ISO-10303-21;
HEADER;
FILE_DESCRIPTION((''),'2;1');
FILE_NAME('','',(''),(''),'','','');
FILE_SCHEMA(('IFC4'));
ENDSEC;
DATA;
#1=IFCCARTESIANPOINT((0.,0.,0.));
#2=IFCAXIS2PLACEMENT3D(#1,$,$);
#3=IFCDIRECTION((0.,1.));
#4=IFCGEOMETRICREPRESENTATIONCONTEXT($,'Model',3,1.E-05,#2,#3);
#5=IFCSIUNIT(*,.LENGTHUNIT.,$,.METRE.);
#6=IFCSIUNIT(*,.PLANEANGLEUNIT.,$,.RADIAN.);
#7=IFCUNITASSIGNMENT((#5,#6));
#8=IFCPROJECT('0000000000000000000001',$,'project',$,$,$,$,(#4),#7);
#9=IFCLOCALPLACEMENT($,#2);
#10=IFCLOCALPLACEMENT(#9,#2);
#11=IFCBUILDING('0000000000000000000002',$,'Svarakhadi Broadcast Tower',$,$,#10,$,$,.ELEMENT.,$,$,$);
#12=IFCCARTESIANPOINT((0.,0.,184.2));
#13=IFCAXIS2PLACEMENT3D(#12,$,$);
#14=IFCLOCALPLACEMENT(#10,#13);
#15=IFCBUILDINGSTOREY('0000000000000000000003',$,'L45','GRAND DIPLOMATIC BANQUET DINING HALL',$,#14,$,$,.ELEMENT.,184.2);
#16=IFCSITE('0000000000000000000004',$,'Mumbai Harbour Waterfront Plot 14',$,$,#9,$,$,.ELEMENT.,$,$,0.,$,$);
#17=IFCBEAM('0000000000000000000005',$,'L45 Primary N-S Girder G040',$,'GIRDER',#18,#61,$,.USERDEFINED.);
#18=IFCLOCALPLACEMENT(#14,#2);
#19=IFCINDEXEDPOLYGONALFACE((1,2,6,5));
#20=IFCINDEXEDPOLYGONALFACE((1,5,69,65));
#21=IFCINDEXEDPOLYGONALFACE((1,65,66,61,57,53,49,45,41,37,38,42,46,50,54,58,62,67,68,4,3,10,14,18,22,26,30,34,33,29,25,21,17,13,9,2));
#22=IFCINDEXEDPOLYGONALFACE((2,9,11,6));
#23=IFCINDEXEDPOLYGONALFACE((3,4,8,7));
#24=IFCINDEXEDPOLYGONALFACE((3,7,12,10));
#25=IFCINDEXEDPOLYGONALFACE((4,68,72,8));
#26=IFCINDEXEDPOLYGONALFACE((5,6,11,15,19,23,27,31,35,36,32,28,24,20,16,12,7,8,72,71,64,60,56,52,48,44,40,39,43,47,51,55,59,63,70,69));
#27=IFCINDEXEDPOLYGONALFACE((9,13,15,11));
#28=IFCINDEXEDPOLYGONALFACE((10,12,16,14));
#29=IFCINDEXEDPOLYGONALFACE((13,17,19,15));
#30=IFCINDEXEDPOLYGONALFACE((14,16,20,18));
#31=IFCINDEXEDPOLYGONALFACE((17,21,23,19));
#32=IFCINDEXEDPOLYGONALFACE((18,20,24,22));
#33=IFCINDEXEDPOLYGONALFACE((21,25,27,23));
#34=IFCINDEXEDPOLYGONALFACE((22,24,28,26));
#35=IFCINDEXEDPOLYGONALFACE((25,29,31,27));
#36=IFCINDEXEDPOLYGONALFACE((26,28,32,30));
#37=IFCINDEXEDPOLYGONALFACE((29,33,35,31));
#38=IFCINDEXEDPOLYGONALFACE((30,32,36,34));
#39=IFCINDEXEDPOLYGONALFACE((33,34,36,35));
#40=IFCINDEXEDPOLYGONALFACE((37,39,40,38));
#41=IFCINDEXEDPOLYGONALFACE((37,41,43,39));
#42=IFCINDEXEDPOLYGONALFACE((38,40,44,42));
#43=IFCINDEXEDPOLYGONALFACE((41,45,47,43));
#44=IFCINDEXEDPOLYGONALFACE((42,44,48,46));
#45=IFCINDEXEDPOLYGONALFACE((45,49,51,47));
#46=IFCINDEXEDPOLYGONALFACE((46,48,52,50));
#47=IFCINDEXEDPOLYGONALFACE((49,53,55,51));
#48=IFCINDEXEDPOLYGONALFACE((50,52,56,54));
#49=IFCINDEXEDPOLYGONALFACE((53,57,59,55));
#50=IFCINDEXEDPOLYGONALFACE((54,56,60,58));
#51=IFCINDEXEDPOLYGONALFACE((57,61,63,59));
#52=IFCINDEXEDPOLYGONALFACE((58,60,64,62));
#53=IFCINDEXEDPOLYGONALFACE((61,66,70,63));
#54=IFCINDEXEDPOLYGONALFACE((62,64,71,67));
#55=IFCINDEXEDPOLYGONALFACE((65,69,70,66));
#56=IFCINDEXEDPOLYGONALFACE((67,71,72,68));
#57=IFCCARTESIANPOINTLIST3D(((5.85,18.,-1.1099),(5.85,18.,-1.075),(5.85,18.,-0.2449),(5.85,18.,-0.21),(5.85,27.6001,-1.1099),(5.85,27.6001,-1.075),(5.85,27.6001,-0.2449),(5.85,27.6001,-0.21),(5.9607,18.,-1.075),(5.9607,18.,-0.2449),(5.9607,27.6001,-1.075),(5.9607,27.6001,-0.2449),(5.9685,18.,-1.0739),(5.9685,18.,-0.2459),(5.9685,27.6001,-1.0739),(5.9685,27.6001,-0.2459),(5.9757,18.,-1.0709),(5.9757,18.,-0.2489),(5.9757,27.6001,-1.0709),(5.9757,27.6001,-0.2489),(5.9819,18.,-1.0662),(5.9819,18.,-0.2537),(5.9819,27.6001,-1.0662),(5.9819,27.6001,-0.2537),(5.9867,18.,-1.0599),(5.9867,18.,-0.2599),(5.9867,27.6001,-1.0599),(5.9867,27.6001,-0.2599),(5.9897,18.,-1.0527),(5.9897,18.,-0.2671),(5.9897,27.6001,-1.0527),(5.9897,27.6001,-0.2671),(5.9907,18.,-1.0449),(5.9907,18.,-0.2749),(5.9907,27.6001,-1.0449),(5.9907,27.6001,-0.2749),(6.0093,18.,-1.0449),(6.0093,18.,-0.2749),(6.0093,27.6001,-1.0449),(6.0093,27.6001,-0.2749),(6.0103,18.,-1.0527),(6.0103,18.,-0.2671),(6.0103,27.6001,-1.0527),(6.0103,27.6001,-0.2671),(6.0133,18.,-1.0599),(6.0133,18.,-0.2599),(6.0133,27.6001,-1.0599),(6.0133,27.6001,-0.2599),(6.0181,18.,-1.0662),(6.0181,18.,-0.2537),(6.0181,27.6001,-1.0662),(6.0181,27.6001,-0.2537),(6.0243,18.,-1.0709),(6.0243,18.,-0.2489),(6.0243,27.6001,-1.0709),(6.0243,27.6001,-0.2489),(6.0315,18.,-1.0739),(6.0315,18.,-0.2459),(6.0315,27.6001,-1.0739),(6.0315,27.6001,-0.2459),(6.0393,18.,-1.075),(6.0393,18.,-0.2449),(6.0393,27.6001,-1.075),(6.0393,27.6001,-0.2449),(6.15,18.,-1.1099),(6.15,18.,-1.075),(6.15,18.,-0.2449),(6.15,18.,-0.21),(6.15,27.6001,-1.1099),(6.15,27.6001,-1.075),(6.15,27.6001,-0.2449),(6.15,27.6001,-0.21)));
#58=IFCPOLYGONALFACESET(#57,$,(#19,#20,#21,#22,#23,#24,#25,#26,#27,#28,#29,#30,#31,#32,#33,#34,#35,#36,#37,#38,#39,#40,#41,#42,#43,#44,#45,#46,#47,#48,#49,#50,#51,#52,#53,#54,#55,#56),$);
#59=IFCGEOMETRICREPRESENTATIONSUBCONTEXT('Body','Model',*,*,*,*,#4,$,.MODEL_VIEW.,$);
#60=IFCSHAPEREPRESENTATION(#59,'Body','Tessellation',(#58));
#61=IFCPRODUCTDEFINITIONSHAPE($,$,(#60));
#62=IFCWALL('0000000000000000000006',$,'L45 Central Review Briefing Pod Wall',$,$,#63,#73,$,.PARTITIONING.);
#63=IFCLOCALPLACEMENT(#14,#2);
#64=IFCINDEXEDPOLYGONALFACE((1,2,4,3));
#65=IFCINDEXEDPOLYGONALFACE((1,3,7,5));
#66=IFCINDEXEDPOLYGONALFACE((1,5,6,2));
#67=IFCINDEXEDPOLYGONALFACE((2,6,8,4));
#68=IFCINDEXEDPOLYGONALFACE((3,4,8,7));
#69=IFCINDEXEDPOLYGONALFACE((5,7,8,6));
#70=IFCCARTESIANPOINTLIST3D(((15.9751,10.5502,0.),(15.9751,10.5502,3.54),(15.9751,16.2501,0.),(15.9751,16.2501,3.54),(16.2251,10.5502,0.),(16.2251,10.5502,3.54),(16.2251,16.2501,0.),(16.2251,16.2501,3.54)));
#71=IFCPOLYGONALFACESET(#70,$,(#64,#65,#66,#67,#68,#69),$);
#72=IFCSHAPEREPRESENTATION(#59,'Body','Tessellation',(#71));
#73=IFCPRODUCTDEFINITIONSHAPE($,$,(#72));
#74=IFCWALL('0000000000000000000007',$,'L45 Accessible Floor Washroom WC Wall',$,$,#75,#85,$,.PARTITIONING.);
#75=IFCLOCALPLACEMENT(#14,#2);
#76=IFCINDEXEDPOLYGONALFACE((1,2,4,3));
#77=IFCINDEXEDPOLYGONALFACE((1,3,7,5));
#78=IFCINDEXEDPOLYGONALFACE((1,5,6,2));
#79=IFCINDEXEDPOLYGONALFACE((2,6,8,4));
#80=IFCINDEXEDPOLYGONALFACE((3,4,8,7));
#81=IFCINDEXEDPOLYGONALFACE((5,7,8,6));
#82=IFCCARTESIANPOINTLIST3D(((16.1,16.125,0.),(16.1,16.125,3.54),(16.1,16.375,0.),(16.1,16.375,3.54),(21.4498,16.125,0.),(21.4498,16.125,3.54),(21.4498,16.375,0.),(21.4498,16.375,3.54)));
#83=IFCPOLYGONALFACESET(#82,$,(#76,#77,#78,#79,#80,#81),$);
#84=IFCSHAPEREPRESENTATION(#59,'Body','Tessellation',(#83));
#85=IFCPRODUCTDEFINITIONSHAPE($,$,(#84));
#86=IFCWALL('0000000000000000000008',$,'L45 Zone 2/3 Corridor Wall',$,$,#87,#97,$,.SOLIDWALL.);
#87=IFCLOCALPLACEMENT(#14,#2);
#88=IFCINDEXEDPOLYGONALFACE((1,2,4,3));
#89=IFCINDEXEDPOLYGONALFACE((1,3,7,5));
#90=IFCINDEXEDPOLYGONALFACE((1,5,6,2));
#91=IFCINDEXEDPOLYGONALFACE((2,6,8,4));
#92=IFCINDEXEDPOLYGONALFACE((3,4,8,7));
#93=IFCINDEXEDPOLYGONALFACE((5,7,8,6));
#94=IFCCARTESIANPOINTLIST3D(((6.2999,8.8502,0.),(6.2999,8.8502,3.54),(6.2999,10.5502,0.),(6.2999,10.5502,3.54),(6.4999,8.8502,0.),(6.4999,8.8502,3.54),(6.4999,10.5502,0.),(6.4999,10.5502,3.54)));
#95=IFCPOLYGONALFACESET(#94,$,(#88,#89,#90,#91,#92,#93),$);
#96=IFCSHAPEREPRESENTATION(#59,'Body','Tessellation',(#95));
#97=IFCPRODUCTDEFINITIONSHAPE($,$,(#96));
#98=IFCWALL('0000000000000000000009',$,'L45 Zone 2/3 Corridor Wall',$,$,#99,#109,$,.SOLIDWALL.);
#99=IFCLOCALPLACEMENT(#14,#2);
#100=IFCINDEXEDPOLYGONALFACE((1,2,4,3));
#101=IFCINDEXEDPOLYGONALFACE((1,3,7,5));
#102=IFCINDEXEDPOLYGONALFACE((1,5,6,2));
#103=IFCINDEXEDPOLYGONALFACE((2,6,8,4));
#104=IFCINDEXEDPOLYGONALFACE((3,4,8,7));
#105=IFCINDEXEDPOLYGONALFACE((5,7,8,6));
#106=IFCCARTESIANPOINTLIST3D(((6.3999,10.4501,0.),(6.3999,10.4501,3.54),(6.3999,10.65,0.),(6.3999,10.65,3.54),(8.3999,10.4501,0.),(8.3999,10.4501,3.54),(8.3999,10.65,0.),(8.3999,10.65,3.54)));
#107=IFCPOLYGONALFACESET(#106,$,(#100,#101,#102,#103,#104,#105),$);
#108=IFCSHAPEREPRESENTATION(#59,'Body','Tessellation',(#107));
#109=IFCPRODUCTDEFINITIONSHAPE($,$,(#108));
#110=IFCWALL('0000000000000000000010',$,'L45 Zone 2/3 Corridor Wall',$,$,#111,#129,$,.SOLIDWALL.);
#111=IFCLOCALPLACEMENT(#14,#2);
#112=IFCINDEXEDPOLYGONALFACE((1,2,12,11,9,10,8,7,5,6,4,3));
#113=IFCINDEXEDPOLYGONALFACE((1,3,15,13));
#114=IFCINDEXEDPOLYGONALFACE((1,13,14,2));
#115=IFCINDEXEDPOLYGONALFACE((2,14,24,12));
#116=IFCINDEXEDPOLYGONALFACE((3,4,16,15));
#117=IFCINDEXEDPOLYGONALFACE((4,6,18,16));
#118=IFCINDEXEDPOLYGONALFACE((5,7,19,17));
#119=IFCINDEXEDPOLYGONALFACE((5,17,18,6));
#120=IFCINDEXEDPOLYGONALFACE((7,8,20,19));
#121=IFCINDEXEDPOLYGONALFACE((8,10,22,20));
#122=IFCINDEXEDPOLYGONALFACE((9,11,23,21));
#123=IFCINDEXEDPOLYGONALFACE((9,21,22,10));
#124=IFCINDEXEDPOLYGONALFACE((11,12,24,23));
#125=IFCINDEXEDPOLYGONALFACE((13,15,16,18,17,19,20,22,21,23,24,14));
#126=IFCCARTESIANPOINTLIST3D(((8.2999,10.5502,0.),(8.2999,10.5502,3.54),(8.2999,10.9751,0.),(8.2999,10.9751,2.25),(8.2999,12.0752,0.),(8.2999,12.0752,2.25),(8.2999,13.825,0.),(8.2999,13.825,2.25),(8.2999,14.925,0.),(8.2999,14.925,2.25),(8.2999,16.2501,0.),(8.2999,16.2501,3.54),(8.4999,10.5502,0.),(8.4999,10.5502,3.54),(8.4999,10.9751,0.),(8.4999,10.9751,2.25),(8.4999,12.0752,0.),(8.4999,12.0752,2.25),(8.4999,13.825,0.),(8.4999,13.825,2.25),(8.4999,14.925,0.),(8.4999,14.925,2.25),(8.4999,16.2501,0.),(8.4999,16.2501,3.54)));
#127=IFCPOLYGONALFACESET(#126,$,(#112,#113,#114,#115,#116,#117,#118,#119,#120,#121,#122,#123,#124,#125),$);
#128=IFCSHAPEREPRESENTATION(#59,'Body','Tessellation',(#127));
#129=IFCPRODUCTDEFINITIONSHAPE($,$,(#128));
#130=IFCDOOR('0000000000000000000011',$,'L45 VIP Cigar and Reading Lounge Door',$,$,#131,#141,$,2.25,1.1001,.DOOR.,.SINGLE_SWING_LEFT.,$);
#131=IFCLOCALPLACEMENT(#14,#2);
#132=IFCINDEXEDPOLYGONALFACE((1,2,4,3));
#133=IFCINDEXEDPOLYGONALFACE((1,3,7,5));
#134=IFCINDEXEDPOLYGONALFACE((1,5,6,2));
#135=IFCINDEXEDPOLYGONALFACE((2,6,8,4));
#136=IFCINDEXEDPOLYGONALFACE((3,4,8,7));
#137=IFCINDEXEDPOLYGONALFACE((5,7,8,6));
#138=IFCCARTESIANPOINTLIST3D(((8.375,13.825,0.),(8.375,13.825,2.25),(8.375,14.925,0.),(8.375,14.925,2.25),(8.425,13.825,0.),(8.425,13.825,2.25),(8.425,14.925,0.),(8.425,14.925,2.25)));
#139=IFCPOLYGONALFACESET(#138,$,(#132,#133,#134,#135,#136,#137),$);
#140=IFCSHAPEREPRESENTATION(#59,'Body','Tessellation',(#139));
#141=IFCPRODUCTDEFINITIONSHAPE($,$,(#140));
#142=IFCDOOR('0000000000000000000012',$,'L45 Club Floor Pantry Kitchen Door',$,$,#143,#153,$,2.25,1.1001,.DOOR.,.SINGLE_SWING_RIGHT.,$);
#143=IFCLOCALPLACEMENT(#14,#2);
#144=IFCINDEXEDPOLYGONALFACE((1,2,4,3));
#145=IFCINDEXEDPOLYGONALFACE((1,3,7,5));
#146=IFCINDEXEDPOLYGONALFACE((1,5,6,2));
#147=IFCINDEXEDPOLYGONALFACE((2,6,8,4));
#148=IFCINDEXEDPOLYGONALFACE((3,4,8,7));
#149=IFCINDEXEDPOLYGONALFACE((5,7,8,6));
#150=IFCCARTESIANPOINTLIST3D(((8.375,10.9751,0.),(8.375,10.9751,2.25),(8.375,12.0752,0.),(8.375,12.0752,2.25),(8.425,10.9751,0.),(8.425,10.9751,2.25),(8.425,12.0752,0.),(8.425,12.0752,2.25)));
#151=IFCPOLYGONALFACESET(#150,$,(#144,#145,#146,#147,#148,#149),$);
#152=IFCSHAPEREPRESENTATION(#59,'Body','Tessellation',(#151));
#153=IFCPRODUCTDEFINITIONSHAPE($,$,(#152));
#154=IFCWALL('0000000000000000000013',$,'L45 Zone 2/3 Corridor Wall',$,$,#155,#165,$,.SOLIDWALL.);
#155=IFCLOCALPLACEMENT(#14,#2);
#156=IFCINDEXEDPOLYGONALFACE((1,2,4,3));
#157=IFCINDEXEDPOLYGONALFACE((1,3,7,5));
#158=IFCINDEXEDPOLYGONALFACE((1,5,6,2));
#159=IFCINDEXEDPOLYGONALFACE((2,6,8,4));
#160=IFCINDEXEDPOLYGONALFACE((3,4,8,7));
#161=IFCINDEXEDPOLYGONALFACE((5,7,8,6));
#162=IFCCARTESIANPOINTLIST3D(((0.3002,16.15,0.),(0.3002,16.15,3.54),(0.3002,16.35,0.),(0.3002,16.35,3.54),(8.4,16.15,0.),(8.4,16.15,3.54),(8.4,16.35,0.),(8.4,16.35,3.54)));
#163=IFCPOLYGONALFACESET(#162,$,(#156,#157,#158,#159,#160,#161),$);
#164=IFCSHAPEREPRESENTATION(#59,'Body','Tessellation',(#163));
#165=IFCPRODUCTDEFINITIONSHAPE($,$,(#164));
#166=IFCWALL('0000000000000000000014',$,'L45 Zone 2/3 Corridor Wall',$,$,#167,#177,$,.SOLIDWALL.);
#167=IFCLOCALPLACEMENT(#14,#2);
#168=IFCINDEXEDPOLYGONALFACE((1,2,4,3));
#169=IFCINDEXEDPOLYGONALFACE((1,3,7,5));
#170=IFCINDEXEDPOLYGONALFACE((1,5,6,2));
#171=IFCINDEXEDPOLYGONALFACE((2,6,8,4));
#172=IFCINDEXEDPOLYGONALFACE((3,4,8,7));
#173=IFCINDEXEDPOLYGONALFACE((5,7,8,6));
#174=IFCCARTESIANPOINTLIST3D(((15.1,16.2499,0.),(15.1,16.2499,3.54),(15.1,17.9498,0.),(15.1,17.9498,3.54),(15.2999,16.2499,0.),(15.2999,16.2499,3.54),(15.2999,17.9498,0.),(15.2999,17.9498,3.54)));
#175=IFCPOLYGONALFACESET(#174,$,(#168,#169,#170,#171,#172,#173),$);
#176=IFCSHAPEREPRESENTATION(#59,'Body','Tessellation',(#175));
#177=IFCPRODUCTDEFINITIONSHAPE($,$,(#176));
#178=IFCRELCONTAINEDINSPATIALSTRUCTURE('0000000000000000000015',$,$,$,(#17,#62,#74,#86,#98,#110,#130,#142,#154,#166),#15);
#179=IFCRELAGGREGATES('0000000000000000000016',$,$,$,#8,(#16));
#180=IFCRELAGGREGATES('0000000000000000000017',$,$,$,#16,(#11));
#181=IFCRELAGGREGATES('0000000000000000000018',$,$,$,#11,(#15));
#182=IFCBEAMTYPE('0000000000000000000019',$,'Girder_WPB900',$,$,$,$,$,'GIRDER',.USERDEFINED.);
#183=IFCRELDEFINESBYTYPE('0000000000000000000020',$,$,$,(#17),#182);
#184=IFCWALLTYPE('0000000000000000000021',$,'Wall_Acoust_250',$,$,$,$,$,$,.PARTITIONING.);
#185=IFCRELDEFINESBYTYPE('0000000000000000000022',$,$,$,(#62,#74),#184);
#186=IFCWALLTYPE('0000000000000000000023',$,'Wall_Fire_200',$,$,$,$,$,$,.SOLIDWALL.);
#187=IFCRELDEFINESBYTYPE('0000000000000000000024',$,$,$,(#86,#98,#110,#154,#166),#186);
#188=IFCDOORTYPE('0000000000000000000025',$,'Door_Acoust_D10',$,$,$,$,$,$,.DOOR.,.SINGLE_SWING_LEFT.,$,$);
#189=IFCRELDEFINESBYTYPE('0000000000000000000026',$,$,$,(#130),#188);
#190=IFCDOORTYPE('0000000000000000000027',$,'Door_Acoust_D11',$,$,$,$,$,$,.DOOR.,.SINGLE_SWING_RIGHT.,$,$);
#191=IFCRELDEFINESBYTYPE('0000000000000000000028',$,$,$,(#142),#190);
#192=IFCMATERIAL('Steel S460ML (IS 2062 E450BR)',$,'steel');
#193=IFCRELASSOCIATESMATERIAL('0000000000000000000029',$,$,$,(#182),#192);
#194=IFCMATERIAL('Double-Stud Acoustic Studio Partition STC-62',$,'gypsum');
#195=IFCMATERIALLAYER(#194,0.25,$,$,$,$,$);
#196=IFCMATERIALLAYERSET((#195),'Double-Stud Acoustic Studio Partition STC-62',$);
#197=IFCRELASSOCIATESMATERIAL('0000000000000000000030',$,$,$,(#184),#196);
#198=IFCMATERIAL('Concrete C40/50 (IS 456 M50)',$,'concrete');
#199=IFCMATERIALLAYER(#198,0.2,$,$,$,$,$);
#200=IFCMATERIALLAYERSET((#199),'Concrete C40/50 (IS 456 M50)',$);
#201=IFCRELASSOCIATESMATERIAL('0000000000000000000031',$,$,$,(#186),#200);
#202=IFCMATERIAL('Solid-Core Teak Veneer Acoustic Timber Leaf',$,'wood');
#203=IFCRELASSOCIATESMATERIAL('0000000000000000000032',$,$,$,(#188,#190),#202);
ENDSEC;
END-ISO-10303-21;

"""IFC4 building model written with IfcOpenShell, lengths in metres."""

from ifc_helpers import new_model, si_unit, direction, frame, frame_2d, origin, origin_2d, place, context, subcontext, project, spatial, rectangle, i_section, extrude, material, layer, layer_set, material_profile, profile_set, type_object, element, fill, save


model = new_model("IFC4")

# Units and contexts
model_context = context("Model", 3, precision=1e-05, world=origin(), true_north=direction((0.0, 1.0)))
body_context = subcontext(model_context, "Body", "Model", "MODEL_VIEW")
ifc_project = project(units=[si_unit("LENGTHUNIT", "METRE"), si_unit("PLANEANGLEUNIT", "RADIAN")], contexts=[model_context])

# Site, building, storey
site_placement = place(None, origin())
site = spatial("IfcSite", under=ifc_project, at=site_placement, Name="Mumbai Harbour Waterfront Plot 14", CompositionType="ELEMENT", RefElevation=0.0)
building_placement = place(site_placement, origin())
building = spatial("IfcBuilding", under=site, at=building_placement, Name="Svarakhadi Broadcast Tower", CompositionType="ELEMENT")
storey_placement = place(building_placement, frame((0.0, 0.0, 184.2)))
storey = spatial("IfcBuildingStorey", under=building, at=storey_placement, Name="L45", Description="GRAND DIPLOMATIC BANQUET DINING HALL", CompositionType="ELEMENT", Elevation=184.2)

# Shared definitions
ifc_material_1 = material(Name="Steel S460ML (IS 2062 E450BR)", Category="steel")

# Beam
ifc_material_profile_1 = material_profile(ifc_material_1, i_section(OverallWidth=0.3, OverallDepth=0.8999, WebThickness=0.0186, FlangeThickness=0.0349, FilletRadius=0.03, at=origin_2d()), Name="WPB 900x300x291")
ifc_profile_set_1 = profile_set([ifc_material_profile_1], Name="Steel S460ML (IS 2062 E450BR)")
beam_type_1 = type_object("IfcBeamType", Name="Girder_WPB900", ElementType="GIRDER", PredefinedType="USERDEFINED", material=ifc_profile_set_1)
beam_placement = place(storey_placement, frame((6.0, 18.0, -0.6599), z_axis=(0.0, 1.0, 0.0), x_axis=(-1.0, 0.0, 0.0)))
element("IfcBeam", 1, at=beam_placement, inside=storey, type_object=beam_type_1, Name="L45 Primary N-S Girder G040", ObjectType="GIRDER", PredefinedType="USERDEFINED", context=body_context, shape_type="SweptSolid", body=[
    extrude(i_section(OverallWidth=0.3, OverallDepth=0.8999, WebThickness=0.0186, FlangeThickness=0.0349, FilletRadius=0.03, at=origin_2d()), origin(), (0.0, 0.0, 1.0), 9.6001),
])

# Walls
ifc_material_2 = material(Name="Double-Stud Acoustic Studio Partition STC-62", Category="gypsum")
ifc_layer_1 = layer(ifc_material_2, 0.25)
ifc_layer_set_1 = layer_set([ifc_layer_1], Name="Double-Stud Acoustic Studio Partition STC-62")
wall_type_1 = type_object("IfcWallType", Name="Wall_Acoust_250", PredefinedType="PARTITIONING", material=ifc_layer_set_1)
wall_1_placement = place(storey_placement, frame((16.1001, 10.55, 0.0), z_axis=(0.0, 0.0, 1.0), x_axis=(0.0, 1.0, 0.0)))
element("IfcWall", 2, at=wall_1_placement, inside=storey, type_object=wall_type_1, Name="L45 Central Review Briefing Pod Wall", PredefinedType="PARTITIONING", context=body_context, shape_type="SweptSolid", body=[
    extrude(rectangle(XDim=5.7, YDim=0.25, at=frame_2d((2.8501, 0.0))), origin(), (0.0, 0.0, 1.0), 3.54),
])
wall_2_placement = place(storey_placement, frame((16.1001, 16.25, 0.0), z_axis=(0.0, 0.0, 1.0), x_axis=(1.0, 0.0, 0.0)))
element("IfcWall", 3, at=wall_2_placement, inside=storey, type_object=wall_type_1, Name="L45 Accessible Floor Washroom WC Wall", PredefinedType="PARTITIONING", context=body_context, shape_type="SweptSolid", body=[
    extrude(rectangle(XDim=5.3499, YDim=0.25, at=frame_2d((2.6748, 0.0))), origin(), (0.0, 0.0, 1.0), 3.54),
])
ifc_material_3 = material(Name="Concrete C40/50 (IS 456 M50)", Category="concrete")
ifc_layer_2 = layer(ifc_material_3, 0.2)
ifc_layer_set_2 = layer_set([ifc_layer_2], Name="Concrete C40/50 (IS 456 M50)")
wall_type_2 = type_object("IfcWallType", Name="Wall_Fire_200", PredefinedType="SOLIDWALL", material=ifc_layer_set_2)
wall_3_placement = place(storey_placement, frame((6.3999, 8.8501, 0.0), z_axis=(0.0, 0.0, 1.0), x_axis=(0.0, 1.0, 0.0)))
element("IfcWall", 4, at=wall_3_placement, inside=storey, type_object=wall_type_2, Name="L45 Zone 2/3 Corridor Wall", PredefinedType="SOLIDWALL", context=body_context, shape_type="SweptSolid", body=[
    extrude(rectangle(XDim=1.7, YDim=0.2, at=frame_2d((0.8501, 0.0))), origin(), (0.0, 0.0, 1.0), 3.54),
])
wall_4_placement = place(storey_placement, frame((6.3999, 10.55, 0.0), z_axis=(0.0, 0.0, 1.0), x_axis=(1.0, 0.0, 0.0)))
element("IfcWall", 5, at=wall_4_placement, inside=storey, type_object=wall_type_2, Name="L45 Zone 2/3 Corridor Wall", PredefinedType="SOLIDWALL", context=body_context, shape_type="SweptSolid", body=[
    extrude(rectangle(XDim=2.0, YDim=0.2, at=frame_2d((1.0, 0.0))), origin(), (0.0, 0.0, 1.0), 3.54),
])

# Wall, openings, doors
wall_5_placement = place(storey_placement, frame((8.3999, 10.55, 0.0), z_axis=(0.0, 0.0, 1.0), x_axis=(0.0, 1.0, 0.0)))
wall_5 = element("IfcWall", 6, at=wall_5_placement, inside=storey, type_object=wall_type_2, Name="L45 Zone 2/3 Corridor Wall", PredefinedType="SOLIDWALL", context=body_context, shape_type="SweptSolid", body=[
    extrude(rectangle(XDim=5.7, YDim=0.2, at=frame_2d((2.8501, 0.0))), origin(), (0.0, 0.0, 1.0), 3.54),
])
opening_1_placement = place(wall_5_placement, frame((0.425, 0.0, 0.0)))
opening_1 = element("IfcOpeningElement", 7, at=opening_1_placement, cuts=wall_5, PredefinedType="OPENING", context=body_context, shape_type="SweptSolid", body=[
    extrude(rectangle(XDim=1.1001, YDim=2.25, at=frame_2d((0.55, 1.125))), frame((0.0, 0.1099, 0.0), z_axis=(0.0, -1.0, 0.0), x_axis=(1.0, 0.0, 0.0)), (0.0, 0.0, 1.0), 0.22),
])
opening_2_placement = place(wall_5_placement, frame((3.2749, 0.0, 0.0)))
opening_2 = element("IfcOpeningElement", 8, at=opening_2_placement, cuts=wall_5, PredefinedType="OPENING", context=body_context, shape_type="SweptSolid", body=[
    extrude(rectangle(XDim=1.1001, YDim=2.25, at=frame_2d((0.55, 1.125))), frame((0.0, 0.1099, 0.0), z_axis=(0.0, -1.0, 0.0), x_axis=(1.0, 0.0, 0.0)), (0.0, 0.0, 1.0), 0.22),
])
ifc_material_4 = material(Name="Solid-Core Teak Veneer Acoustic Timber Leaf", Category="wood")
door_type_1 = type_object("IfcDoorType", Name="Door_Acoust_D10", OperationType="SINGLE_SWING_LEFT", PredefinedType="DOOR", material=ifc_material_4)
door_1_placement = place(opening_2_placement, origin())
door_1 = element("IfcDoor", 9, at=door_1_placement, inside=storey, type_object=door_type_1, Name="L45 VIP Cigar and Reading Lounge Door", OperationType="SINGLE_SWING_LEFT", OverallHeight=2.25, OverallWidth=1.1001, PredefinedType="DOOR", context=body_context, shape_type="SweptSolid", body=[
    extrude(rectangle(XDim=1.1001, YDim=2.25, at=frame_2d((0.55, 1.125))), frame((0.0, 0.0249, 0.0), z_axis=(0.0, -1.0, 0.0), x_axis=(1.0, 0.0, 0.0)), (0.0, 0.0, 1.0), 0.05),
])
fill(opening_2, door_1)
door_type_2 = type_object("IfcDoorType", Name="Door_Acoust_D11", OperationType="SINGLE_SWING_RIGHT", PredefinedType="DOOR", material=ifc_material_4)
door_2_placement = place(opening_1_placement, origin())
door_2 = element("IfcDoor", 10, at=door_2_placement, inside=storey, type_object=door_type_2, Name="L45 Club Floor Pantry Kitchen Door", OperationType="SINGLE_SWING_RIGHT", OverallHeight=2.25, OverallWidth=1.1001, PredefinedType="DOOR", context=body_context, shape_type="SweptSolid", body=[
    extrude(rectangle(XDim=1.1001, YDim=2.25, at=frame_2d((0.55, 1.125))), frame((0.0, 0.0249, 0.0), z_axis=(0.0, -1.0, 0.0), x_axis=(1.0, 0.0, 0.0)), (0.0, 0.0, 1.0), 0.05),
])
fill(opening_1, door_2)

# Walls
wall_6_placement = place(storey_placement, frame((8.3999, 16.25, 0.0), z_axis=(0.0, 0.0, 1.0), x_axis=(-1.0, 0.0, 0.0)))
element("IfcWall", 11, at=wall_6_placement, inside=storey, type_object=wall_type_2, Name="L45 Zone 2/3 Corridor Wall", PredefinedType="SOLIDWALL", context=body_context, shape_type="SweptSolid", body=[
    extrude(rectangle(XDim=8.0999, YDim=0.2, at=frame_2d((4.0498, 0.0))), origin(), (0.0, 0.0, 1.0), 3.54),
])
wall_7_placement = place(storey_placement, frame((15.2, 17.95, 0.0), z_axis=(0.0, 0.0, 1.0), x_axis=(0.0, -1.0, 0.0)))
element("IfcWall", 12, at=wall_7_placement, inside=storey, type_object=wall_type_2, Name="L45 Zone 2/3 Corridor Wall", PredefinedType="SOLIDWALL", context=body_context, shape_type="SweptSolid", body=[
    extrude(rectangle(XDim=1.7, YDim=0.2, at=frame_2d((0.8501, 0.0))), origin(), (0.0, 0.0, 1.0), 3.54),
])

save(model, "model.ifc")
